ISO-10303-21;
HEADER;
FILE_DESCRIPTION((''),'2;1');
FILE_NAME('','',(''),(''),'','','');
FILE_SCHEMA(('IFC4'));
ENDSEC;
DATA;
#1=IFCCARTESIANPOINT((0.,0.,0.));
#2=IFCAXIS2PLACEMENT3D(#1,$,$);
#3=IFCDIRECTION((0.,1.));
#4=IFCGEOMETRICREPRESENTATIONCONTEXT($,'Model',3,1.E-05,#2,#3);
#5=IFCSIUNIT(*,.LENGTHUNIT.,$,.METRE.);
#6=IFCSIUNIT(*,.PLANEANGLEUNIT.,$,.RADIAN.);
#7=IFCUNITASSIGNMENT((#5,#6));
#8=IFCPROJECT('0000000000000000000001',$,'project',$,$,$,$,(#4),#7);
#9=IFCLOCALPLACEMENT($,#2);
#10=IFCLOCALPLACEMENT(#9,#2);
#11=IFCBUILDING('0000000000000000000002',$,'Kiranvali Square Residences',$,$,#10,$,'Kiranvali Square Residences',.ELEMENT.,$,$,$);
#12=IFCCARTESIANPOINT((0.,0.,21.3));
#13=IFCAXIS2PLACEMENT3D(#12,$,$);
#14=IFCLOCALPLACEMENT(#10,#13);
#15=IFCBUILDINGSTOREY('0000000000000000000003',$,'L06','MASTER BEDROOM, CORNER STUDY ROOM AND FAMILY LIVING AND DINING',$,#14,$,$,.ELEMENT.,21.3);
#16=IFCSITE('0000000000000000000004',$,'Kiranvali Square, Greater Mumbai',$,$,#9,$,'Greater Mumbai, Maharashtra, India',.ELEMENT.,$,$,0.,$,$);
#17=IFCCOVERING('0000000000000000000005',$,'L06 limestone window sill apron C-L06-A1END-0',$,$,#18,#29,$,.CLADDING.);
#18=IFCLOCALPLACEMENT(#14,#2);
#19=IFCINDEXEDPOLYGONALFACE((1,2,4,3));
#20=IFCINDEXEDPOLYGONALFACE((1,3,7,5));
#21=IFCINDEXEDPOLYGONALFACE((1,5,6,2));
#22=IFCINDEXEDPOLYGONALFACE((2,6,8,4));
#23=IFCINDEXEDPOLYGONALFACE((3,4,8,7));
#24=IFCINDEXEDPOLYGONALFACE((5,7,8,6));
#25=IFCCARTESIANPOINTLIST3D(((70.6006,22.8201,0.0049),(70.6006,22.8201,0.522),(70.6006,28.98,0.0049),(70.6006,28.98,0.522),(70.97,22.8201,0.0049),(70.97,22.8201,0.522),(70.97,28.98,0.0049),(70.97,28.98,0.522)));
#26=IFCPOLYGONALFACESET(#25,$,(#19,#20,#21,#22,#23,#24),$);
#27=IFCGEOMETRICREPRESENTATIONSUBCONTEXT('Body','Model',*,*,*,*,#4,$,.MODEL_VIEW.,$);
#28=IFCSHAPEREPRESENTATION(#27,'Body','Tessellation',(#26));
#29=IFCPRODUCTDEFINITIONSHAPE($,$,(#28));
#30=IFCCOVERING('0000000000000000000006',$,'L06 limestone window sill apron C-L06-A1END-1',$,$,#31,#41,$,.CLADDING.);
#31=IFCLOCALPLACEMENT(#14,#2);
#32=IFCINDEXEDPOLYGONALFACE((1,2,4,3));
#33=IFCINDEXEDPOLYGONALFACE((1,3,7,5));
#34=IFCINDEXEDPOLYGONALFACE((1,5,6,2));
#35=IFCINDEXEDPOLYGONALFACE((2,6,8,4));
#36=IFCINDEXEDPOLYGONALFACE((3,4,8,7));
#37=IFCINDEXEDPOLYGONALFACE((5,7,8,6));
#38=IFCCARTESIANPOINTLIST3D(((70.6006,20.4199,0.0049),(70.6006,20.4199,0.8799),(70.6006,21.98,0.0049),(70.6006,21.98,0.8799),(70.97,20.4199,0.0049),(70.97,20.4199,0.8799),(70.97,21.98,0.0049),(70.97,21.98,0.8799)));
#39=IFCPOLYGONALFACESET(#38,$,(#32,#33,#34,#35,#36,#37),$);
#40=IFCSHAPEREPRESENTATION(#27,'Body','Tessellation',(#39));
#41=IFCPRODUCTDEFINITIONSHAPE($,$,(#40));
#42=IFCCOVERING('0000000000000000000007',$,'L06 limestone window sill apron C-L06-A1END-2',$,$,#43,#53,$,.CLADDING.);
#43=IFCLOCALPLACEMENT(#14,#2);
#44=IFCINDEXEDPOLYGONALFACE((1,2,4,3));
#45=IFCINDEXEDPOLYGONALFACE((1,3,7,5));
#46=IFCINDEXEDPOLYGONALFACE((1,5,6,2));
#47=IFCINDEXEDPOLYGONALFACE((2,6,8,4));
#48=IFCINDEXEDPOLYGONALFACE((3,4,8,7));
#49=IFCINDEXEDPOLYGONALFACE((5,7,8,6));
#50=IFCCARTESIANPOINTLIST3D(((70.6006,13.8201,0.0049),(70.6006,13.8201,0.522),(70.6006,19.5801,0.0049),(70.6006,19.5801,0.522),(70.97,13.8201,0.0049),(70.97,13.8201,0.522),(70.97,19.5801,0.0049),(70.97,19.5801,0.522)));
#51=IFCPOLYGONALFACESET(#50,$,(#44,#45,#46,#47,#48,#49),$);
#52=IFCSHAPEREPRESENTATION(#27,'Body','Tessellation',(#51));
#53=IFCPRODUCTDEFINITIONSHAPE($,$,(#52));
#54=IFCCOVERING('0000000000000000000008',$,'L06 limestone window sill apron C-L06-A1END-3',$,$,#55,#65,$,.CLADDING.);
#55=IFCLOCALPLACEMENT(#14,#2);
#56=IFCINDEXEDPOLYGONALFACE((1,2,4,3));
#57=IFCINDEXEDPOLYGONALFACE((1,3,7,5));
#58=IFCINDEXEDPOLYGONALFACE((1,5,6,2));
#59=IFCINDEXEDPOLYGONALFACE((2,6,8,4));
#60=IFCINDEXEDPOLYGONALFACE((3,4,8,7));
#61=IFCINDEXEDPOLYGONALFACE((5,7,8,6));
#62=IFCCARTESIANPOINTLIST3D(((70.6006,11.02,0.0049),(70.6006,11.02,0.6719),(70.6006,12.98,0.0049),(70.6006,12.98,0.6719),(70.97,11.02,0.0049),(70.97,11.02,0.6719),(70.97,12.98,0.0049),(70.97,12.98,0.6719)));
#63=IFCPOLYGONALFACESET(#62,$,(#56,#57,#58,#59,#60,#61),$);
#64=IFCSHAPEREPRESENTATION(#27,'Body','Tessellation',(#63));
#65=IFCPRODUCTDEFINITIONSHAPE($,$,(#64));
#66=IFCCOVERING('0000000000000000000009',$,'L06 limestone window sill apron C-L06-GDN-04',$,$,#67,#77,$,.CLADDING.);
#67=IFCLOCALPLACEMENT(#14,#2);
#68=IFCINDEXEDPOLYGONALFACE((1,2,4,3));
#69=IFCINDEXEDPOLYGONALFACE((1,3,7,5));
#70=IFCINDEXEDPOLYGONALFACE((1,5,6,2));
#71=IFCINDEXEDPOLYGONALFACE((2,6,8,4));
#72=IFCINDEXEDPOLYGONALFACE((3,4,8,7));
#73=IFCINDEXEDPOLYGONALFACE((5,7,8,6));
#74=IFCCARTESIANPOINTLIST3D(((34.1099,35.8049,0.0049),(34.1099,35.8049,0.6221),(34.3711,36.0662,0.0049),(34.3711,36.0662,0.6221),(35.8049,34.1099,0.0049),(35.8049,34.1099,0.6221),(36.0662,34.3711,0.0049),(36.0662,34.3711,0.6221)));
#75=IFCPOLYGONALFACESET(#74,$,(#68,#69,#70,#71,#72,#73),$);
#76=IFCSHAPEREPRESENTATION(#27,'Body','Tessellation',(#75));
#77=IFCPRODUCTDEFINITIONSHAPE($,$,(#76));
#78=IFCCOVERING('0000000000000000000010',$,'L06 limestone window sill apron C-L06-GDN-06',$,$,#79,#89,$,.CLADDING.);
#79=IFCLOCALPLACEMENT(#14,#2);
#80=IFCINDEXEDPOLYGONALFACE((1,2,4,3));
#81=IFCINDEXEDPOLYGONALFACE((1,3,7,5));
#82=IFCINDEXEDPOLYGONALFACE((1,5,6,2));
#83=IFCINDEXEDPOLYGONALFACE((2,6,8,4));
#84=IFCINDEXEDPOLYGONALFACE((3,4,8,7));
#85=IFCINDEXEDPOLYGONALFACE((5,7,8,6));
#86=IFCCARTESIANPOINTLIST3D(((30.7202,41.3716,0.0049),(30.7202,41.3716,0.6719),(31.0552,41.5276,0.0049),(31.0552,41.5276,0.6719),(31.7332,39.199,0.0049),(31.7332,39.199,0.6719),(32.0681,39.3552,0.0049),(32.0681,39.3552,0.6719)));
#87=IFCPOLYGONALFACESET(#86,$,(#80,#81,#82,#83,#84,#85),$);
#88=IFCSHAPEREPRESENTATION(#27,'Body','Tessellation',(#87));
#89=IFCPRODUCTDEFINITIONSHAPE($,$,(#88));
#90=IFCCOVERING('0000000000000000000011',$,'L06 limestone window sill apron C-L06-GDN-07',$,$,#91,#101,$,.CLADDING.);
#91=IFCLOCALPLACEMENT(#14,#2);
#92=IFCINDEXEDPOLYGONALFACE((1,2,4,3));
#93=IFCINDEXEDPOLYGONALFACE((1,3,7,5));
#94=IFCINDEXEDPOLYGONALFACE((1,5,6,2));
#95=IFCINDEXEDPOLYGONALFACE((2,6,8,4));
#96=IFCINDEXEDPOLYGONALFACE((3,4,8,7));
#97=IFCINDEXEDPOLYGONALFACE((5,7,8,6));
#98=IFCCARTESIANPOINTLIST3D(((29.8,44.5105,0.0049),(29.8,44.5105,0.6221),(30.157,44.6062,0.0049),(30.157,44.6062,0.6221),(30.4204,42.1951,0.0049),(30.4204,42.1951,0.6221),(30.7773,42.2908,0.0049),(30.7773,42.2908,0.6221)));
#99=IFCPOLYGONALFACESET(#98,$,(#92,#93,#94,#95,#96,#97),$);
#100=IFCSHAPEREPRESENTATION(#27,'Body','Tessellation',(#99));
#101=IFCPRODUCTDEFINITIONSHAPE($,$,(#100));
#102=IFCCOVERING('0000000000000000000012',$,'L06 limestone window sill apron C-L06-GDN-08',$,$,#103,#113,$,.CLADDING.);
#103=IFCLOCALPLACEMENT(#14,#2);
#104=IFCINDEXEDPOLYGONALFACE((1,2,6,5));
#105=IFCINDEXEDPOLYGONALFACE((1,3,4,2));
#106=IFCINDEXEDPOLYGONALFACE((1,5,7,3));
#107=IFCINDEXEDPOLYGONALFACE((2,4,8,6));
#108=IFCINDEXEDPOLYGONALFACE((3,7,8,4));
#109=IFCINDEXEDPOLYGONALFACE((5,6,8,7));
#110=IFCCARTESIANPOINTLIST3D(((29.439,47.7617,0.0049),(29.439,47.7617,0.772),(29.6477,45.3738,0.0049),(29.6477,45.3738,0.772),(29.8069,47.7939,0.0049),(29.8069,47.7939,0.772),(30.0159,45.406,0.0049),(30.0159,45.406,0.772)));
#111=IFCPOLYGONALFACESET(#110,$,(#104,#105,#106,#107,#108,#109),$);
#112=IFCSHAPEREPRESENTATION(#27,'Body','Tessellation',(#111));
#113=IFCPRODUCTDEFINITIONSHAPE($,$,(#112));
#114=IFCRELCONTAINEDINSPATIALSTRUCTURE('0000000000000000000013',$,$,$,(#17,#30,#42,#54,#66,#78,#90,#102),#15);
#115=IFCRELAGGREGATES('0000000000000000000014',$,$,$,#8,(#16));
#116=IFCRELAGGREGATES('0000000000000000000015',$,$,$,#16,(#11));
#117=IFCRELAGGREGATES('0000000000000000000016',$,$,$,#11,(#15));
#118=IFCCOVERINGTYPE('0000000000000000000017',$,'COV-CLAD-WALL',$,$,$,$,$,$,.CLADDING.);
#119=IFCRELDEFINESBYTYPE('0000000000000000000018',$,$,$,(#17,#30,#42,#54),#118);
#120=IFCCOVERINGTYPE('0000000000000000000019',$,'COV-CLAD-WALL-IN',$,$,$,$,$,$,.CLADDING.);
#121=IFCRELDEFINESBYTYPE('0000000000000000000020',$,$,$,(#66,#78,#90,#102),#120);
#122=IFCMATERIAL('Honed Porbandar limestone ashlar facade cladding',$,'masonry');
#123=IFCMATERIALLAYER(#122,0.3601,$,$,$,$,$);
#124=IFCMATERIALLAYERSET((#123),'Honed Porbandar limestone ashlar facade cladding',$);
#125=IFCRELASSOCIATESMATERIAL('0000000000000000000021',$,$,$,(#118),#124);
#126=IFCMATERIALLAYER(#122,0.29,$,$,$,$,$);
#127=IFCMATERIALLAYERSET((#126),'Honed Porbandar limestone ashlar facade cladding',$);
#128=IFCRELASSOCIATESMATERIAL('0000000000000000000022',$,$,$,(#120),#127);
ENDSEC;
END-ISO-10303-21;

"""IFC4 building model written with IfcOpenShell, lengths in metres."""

from ifc_helpers import new_model, si_unit, direction, frame, origin, place, context, subcontext, project, spatial, polyline, outline, extrude, material, layer, layer_set, type_object, element, save


model = new_model("IFC4")

# Units and contexts
model_context = context("Model", 3, precision=1e-05, world=origin(), true_north=direction((0.0, 1.0)))
body_context = subcontext(model_context, "Body", "Model", "MODEL_VIEW")
ifc_project = project(units=[si_unit("LENGTHUNIT", "METRE"), si_unit("PLANEANGLEUNIT", "RADIAN")], contexts=[model_context])

# Site, building, storey
site_placement = place(None, origin())
site = spatial("IfcSite", under=ifc_project, at=site_placement, Name="Kiranvali Square, Greater Mumbai", LongName="Greater Mumbai, Maharashtra, India", CompositionType="ELEMENT", RefElevation=0.0)
building_placement = place(site_placement, origin())
building = spatial("IfcBuilding", under=site, at=building_placement, Name="Kiranvali Square Residences", LongName="Kiranvali Square Residences", CompositionType="ELEMENT")
storey_placement = place(building_placement, frame((0.0, 0.0, 21.3)))
storey = spatial("IfcBuildingStorey", under=building, at=storey_placement, Name="L06", Description="MASTER BEDROOM, CORNER STUDY ROOM AND FAMILY LIVING AND DINING", CompositionType="ELEMENT", Elevation=21.3)

# Coverings
ifc_material = material(Name="Honed Porbandar limestone ashlar facade cladding", Category="masonry")
ifc_layer_1 = layer(ifc_material, 0.3601)
ifc_layer_set_1 = layer_set([ifc_layer_1], Name="Honed Porbandar limestone ashlar facade cladding")
covering_type_1 = type_object("IfcCoveringType", Name="COV-CLAD-WALL", PredefinedType="CLADDING", material=ifc_layer_set_1)
covering_1_placement = place(storey_placement, frame((0.0, 0.0, 0.0049)))
element("IfcCovering", 1, at=covering_1_placement, inside=storey, type_object=covering_type_1, Name="L06 limestone window sill apron C-L06-A1END-0", PredefinedType="CLADDING", context=body_context, shape_type="SweptSolid", body=[
    extrude(outline(polyline([(70.6006, 28.98), (70.6006, 22.8201), (70.97, 22.8201), (70.97, 28.98), (70.6006, 28.98)])), origin(), (0.0, 0.0, 1.0), 0.5171),
])
covering_2_placement = place(storey_placement, frame((0.0, 0.0, 0.0049)))
element("IfcCovering", 2, at=covering_2_placement, inside=storey, type_object=covering_type_1, Name="L06 limestone window sill apron C-L06-A1END-1", PredefinedType="CLADDING", context=body_context, shape_type="SweptSolid", body=[
    extrude(outline(polyline([(70.6006, 21.98), (70.6006, 20.4199), (70.97, 20.4199), (70.97, 21.98), (70.6006, 21.98)])), origin(), (0.0, 0.0, 1.0), 0.875),
])
covering_3_placement = place(storey_placement, frame((0.0, 0.0, 0.0049)))
element("IfcCovering", 3, at=covering_3_placement, inside=storey, type_object=covering_type_1, Name="L06 limestone window sill apron C-L06-A1END-2", PredefinedType="CLADDING", context=body_context, shape_type="SweptSolid", body=[
    extrude(outline(polyline([(70.6006, 19.5801), (70.6006, 13.8201), (70.97, 13.8201), (70.97, 19.5801), (70.6006, 19.5801)])), origin(), (0.0, 0.0, 1.0), 0.5171),
])
covering_4_placement = place(storey_placement, frame((0.0, 0.0, 0.0049)))
element("IfcCovering", 4, at=covering_4_placement, inside=storey, type_object=covering_type_1, Name="L06 limestone window sill apron C-L06-A1END-3", PredefinedType="CLADDING", context=body_context, shape_type="SweptSolid", body=[
    extrude(outline(polyline([(70.6006, 12.98), (70.6006, 11.02), (70.97, 11.02), (70.97, 12.98), (70.6006, 12.98)])), origin(), (0.0, 0.0, 1.0), 0.667),
])
ifc_layer_2 = layer(ifc_material, 0.29)
ifc_layer_set_2 = layer_set([ifc_layer_2], Name="Honed Porbandar limestone ashlar facade cladding")
covering_type_2 = type_object("IfcCoveringType", Name="COV-CLAD-WALL-IN", PredefinedType="CLADDING", material=ifc_layer_set_2)
covering_5_placement = place(storey_placement, frame((0.0, 0.0, 0.0049)))
element("IfcCovering", 5, at=covering_5_placement, inside=storey, type_object=covering_type_2, Name="L06 limestone window sill apron C-L06-GDN-04", PredefinedType="CLADDING", context=body_context, shape_type="SweptSolid", body=[
    extrude(outline(polyline([(36.0662, 34.3711), (34.3711, 36.0662), (34.1099, 35.8049), (35.8049, 34.1099), (36.0662, 34.3711)])), origin(), (0.0, 0.0, 1.0), 0.6172),
])
covering_6_placement = place(storey_placement, frame((0.0, 0.0, 0.0049)))
element("IfcCovering", 6, at=covering_6_placement, inside=storey, type_object=covering_type_2, Name="L06 limestone window sill apron C-L06-GDN-06", PredefinedType="CLADDING", context=body_context, shape_type="SweptSolid", body=[
    extrude(outline(polyline([(32.0681, 39.3552), (31.0552, 41.5276), (30.7202, 41.3716), (31.7332, 39.199), (32.0681, 39.3552)])), origin(), (0.0, 0.0, 1.0), 0.667),
])
covering_7_placement = place(storey_placement, frame((0.0, 0.0, 0.0049)))
element("IfcCovering", 7, at=covering_7_placement, inside=storey, type_object=covering_type_2, Name="L06 limestone window sill apron C-L06-GDN-07", PredefinedType="CLADDING", context=body_context, shape_type="SweptSolid", body=[
    extrude(outline(polyline([(30.7773, 42.2908), (30.157, 44.6062), (29.8, 44.5105), (30.4204, 42.1951), (30.7773, 42.2908)])), origin(), (0.0, 0.0, 1.0), 0.6172),
])
covering_8_placement = place(storey_placement, frame((0.0, 0.0, 0.0049)))
element("IfcCovering", 8, at=covering_8_placement, inside=storey, type_object=covering_type_2, Name="L06 limestone window sill apron C-L06-GDN-08", PredefinedType="CLADDING", context=body_context, shape_type="SweptSolid", body=[
    extrude(outline(polyline([(30.0159, 45.406), (29.8069, 47.7939), (29.439, 47.7617), (29.6477, 45.3738), (30.0159, 45.406)])), origin(), (0.0, 0.0, 1.0), 0.7671),
])

save(model, "model.ifc")
